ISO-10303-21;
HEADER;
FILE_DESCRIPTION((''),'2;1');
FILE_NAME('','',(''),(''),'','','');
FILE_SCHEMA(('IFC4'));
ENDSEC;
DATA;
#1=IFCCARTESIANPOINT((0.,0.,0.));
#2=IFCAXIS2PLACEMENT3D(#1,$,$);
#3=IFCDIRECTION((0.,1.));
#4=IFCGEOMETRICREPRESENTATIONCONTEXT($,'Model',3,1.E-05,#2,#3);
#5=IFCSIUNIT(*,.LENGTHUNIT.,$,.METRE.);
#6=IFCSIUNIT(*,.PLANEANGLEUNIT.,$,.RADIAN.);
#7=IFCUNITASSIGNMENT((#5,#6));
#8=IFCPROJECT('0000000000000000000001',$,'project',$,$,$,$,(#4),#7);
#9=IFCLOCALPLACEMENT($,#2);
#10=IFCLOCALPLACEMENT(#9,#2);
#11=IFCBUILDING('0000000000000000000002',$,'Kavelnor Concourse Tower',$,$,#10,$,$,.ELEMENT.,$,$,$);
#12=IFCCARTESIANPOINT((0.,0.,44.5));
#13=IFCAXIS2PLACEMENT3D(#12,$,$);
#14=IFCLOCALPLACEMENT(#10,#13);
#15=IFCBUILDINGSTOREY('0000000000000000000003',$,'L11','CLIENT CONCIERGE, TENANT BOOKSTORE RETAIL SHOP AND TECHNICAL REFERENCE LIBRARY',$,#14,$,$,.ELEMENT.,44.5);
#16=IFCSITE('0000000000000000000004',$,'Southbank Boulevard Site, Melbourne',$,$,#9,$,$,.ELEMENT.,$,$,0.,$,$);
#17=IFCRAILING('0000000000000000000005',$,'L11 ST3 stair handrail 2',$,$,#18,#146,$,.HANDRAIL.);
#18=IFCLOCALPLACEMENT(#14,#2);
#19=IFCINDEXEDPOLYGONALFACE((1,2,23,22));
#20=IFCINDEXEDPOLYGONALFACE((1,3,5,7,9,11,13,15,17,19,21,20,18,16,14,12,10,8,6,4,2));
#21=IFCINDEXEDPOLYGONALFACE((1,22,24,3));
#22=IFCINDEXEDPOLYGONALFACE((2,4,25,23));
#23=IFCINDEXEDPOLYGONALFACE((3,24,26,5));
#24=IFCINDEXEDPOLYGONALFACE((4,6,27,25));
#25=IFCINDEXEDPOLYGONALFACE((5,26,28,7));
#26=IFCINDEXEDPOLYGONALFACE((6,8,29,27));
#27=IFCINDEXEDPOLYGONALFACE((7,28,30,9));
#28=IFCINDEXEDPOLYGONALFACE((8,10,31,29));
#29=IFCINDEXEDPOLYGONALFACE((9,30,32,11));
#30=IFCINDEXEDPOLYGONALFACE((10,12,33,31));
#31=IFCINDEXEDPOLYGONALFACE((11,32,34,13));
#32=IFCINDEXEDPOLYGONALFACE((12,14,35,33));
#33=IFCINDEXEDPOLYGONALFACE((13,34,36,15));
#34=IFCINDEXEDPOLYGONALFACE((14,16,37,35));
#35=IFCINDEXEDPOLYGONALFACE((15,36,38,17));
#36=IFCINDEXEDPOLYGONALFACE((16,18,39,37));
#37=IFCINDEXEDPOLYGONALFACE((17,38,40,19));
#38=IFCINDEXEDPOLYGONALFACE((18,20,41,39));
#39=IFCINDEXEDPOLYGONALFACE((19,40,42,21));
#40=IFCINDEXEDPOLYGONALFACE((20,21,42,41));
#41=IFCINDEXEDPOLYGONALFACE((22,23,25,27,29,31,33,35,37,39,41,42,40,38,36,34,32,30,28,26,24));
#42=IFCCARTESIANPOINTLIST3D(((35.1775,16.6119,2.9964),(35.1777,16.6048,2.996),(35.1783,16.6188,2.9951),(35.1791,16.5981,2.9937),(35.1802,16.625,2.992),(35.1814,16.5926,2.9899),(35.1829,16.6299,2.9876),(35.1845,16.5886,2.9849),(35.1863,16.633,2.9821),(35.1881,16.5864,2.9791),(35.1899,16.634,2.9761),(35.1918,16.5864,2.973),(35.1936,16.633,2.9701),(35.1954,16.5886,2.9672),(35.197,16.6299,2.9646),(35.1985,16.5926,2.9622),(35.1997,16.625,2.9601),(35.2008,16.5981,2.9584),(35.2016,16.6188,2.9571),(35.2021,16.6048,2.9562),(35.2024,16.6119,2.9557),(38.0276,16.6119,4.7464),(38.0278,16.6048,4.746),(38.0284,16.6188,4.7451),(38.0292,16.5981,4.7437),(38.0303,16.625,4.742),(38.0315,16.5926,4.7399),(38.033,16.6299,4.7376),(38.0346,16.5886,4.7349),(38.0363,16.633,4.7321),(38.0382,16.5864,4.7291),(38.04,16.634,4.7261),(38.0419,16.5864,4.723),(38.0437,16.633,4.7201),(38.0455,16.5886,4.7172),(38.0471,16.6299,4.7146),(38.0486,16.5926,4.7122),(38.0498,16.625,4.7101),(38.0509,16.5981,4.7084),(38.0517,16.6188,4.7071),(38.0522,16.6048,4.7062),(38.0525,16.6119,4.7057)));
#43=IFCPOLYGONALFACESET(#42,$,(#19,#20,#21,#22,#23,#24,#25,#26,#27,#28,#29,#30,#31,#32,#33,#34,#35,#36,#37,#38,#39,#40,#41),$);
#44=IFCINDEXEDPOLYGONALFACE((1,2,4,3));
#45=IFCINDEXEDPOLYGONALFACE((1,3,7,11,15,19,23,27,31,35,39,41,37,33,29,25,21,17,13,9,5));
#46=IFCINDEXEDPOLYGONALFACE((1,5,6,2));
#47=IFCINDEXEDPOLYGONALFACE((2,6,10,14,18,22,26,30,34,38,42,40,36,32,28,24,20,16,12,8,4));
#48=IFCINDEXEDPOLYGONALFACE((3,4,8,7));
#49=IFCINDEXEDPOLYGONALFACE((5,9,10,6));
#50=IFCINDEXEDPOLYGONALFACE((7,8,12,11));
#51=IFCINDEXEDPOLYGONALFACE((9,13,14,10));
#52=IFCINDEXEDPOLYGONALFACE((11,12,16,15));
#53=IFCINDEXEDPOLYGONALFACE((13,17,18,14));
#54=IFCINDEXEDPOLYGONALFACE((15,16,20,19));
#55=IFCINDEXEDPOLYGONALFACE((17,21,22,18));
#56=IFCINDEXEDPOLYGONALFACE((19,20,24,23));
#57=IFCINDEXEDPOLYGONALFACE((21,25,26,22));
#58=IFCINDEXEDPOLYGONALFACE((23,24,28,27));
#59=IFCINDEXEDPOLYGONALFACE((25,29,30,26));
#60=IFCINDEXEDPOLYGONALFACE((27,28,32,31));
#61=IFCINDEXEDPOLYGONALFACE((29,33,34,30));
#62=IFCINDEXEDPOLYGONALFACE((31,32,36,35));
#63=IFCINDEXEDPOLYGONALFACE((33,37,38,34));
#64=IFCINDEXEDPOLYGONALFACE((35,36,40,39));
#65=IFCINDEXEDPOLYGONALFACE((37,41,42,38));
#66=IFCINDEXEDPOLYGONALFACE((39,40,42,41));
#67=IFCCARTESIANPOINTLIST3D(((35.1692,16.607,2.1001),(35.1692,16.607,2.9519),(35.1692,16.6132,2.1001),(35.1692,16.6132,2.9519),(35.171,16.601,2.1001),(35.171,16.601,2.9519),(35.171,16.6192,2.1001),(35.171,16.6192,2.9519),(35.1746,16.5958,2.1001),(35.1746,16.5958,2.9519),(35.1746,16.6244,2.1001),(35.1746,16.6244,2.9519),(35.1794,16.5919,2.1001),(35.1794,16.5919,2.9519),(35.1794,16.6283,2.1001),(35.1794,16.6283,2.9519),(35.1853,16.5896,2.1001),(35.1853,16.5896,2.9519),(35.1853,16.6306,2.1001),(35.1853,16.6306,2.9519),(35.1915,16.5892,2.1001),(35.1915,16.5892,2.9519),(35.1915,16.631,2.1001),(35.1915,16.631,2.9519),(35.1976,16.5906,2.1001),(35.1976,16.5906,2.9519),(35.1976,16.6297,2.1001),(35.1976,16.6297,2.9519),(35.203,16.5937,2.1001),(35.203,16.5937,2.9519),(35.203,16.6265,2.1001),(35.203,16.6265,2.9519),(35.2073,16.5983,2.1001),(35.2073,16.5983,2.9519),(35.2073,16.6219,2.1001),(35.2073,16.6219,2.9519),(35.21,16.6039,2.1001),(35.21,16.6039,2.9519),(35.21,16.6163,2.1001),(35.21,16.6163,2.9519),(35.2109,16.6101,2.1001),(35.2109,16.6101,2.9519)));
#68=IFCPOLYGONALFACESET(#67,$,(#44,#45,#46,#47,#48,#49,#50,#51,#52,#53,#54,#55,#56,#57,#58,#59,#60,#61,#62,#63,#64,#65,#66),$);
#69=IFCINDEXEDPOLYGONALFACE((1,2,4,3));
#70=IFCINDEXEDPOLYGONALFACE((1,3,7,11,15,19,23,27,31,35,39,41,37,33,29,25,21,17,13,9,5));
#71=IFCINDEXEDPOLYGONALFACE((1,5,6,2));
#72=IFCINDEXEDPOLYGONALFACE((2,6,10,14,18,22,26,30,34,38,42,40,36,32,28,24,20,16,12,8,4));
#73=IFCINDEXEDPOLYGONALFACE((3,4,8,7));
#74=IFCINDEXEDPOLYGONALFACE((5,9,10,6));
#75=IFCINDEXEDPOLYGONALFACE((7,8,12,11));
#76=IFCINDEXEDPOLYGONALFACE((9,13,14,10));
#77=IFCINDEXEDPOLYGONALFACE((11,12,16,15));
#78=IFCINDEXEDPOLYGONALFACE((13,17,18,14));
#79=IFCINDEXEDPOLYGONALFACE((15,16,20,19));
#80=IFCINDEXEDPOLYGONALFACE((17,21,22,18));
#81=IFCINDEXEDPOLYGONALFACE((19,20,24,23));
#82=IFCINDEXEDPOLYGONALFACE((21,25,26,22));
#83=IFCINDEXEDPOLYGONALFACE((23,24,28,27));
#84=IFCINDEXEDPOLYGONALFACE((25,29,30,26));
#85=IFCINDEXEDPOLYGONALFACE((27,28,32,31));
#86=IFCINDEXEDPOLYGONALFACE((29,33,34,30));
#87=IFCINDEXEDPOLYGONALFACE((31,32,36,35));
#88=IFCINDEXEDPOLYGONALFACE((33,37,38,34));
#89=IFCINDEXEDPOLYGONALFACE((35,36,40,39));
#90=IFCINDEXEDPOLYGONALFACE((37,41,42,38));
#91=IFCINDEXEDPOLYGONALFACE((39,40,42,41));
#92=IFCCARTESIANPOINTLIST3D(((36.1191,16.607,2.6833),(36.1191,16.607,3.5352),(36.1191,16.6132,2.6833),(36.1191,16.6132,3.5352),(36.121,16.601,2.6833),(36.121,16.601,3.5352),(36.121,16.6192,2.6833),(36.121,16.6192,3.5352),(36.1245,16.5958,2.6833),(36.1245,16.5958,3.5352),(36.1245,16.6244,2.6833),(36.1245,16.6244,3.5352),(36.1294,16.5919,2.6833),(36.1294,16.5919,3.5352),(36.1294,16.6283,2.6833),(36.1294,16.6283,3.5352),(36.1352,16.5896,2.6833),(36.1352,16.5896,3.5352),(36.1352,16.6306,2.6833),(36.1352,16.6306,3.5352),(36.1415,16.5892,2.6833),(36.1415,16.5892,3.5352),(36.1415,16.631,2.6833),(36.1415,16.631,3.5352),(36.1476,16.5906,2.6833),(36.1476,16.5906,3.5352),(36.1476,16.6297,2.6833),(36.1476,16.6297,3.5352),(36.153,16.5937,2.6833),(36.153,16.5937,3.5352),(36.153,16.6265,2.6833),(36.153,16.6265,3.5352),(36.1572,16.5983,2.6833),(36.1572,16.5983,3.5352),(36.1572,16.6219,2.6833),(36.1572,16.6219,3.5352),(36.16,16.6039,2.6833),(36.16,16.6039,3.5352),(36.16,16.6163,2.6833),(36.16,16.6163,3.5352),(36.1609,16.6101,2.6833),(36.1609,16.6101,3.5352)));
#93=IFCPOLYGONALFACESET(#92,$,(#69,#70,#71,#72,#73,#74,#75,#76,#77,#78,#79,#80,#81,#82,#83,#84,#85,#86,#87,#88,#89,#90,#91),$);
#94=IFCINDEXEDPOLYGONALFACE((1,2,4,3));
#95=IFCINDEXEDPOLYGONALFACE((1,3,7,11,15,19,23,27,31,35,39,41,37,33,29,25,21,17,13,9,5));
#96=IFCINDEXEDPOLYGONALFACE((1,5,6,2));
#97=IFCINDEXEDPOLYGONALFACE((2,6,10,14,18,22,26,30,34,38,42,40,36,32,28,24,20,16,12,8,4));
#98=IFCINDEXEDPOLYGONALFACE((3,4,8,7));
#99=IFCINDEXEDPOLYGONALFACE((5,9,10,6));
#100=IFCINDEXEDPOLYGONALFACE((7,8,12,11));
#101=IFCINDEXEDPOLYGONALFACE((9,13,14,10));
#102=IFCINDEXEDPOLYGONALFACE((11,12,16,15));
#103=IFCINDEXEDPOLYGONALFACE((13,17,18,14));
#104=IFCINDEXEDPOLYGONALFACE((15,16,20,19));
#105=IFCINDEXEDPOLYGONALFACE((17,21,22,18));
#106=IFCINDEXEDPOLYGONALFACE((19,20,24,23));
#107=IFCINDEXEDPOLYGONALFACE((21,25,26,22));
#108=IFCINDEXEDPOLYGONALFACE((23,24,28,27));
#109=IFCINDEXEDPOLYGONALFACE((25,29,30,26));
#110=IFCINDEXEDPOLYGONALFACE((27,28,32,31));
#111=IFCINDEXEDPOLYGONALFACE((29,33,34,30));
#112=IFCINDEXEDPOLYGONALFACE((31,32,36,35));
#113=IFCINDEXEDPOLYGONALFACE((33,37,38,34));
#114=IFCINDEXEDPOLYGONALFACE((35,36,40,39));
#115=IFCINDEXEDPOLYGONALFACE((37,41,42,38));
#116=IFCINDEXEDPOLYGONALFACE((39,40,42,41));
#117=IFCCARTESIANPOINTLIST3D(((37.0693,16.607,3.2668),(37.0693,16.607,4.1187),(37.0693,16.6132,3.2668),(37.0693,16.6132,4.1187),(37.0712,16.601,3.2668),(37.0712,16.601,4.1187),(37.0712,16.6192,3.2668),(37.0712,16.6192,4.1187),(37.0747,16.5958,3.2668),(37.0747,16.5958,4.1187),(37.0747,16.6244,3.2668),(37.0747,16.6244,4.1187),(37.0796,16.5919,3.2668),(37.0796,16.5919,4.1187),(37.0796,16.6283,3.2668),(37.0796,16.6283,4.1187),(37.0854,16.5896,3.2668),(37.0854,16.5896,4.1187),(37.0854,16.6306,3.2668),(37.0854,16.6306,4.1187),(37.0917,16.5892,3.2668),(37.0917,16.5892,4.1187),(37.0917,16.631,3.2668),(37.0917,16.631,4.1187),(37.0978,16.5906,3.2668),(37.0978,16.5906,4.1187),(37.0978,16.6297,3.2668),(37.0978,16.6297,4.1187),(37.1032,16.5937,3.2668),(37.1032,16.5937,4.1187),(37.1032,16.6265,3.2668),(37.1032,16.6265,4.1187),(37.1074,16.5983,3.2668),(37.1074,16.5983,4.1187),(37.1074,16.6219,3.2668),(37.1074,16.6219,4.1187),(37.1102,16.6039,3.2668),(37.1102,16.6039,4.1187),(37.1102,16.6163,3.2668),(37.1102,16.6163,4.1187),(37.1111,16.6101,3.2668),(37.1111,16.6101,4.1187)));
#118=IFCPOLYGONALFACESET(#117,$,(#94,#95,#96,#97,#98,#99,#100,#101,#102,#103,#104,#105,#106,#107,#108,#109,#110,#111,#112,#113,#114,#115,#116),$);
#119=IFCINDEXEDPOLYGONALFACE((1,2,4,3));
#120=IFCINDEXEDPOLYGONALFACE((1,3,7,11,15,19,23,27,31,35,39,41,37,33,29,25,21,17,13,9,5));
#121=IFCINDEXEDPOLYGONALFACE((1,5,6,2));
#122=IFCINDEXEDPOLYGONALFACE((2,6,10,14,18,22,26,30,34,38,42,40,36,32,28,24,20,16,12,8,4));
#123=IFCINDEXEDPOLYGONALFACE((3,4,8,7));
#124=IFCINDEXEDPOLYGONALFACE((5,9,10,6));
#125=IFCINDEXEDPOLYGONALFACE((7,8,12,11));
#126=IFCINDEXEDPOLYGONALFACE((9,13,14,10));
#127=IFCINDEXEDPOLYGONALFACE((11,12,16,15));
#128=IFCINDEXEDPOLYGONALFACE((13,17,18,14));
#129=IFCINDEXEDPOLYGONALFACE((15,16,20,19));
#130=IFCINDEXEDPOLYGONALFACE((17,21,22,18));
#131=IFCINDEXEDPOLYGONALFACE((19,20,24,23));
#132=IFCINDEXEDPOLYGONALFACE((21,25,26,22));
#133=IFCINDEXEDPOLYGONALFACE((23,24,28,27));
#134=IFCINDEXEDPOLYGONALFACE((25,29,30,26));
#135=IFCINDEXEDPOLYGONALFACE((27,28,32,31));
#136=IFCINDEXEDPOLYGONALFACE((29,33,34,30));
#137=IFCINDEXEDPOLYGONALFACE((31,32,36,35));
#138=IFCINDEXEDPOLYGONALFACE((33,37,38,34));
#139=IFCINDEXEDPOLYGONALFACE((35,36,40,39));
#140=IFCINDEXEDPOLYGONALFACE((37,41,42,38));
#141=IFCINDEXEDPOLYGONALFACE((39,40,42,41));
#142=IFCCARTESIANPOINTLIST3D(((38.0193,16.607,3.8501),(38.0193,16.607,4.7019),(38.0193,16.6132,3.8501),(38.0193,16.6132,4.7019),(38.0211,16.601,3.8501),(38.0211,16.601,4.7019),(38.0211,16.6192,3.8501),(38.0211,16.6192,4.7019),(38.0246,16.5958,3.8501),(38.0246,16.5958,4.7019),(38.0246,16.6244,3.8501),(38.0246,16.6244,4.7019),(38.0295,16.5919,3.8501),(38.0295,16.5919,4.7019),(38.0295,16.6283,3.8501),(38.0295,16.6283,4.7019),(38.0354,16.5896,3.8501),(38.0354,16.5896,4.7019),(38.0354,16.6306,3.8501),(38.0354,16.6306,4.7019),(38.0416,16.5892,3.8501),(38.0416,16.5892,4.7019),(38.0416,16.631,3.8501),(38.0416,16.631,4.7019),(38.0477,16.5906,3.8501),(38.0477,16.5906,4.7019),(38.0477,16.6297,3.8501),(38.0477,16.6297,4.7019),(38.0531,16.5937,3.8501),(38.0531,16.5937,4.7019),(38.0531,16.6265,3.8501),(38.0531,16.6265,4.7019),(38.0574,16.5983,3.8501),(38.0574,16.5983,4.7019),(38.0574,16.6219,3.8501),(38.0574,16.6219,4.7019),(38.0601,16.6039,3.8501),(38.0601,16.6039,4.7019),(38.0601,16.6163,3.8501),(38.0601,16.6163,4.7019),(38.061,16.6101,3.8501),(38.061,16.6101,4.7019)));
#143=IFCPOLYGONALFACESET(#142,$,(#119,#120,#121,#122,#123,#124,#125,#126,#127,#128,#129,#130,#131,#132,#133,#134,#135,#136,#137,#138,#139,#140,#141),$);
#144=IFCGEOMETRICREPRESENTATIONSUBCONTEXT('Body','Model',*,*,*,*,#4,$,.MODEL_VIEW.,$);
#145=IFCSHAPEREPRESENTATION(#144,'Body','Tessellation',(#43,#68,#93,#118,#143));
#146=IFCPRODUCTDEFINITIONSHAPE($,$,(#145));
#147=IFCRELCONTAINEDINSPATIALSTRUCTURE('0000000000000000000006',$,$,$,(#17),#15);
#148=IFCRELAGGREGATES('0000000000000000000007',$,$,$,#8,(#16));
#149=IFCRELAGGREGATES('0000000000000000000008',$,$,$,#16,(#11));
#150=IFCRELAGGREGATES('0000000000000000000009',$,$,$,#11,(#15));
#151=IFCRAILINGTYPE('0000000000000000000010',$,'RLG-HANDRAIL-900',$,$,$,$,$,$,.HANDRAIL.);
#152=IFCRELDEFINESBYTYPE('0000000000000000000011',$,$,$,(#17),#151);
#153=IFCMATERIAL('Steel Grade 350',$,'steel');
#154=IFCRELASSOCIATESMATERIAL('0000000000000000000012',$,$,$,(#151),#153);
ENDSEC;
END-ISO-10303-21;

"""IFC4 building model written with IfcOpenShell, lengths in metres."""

from ifc_helpers import new_model, si_unit, direction, frame, origin, origin_2d, place, context, subcontext, project, spatial, circle, extrude, material, type_object, element, save


model = new_model("IFC4")

# Units and contexts
model_context = context("Model", 3, precision=1e-05, world=origin(), true_north=direction((0.0, 1.0)))
body_context = subcontext(model_context, "Body", "Model", "MODEL_VIEW")
ifc_project = project(units=[si_unit("LENGTHUNIT", "METRE"), si_unit("PLANEANGLEUNIT", "RADIAN")], contexts=[model_context])

# Site, building, storey
site_placement = place(None, origin())
site = spatial("IfcSite", under=ifc_project, at=site_placement, Name="Southbank Boulevard Site, Melbourne", CompositionType="ELEMENT", RefElevation=0.0)
building_placement = place(site_placement, origin())
building = spatial("IfcBuilding", under=site, at=building_placement, Name="Kavelnor Concourse Tower", CompositionType="ELEMENT")
storey_placement = place(building_placement, frame((0.0, 0.0, 44.5)))
storey = spatial("IfcBuildingStorey", under=building, at=storey_placement, Name="L11", Description="CLIENT CONCIERGE, TENANT BOOKSTORE RETAIL SHOP AND TECHNICAL REFERENCE LIBRARY", CompositionType="ELEMENT", Elevation=44.5)

# Shared definitions
ifc_material_1 = material(Name="Steel Grade 350", Category="steel")

# Railing
railing_type_1 = type_object("IfcRailingType", Name="RLG-HANDRAIL-900", PredefinedType="HANDRAIL", material=ifc_material_1)
railing_1_placement = place(storey_placement, frame((35.1899, 16.6101, 2.1001)))
element("IfcRailing", 1, at=railing_1_placement, inside=storey, type_object=railing_type_1, Name="L11 ST3 stair handrail 2", PredefinedType="HANDRAIL", context=body_context, shape_type="SweptSolid", body=[
    extrude(circle(Radius=0.0239, at=origin_2d()), frame((0.0, 0.0, 0.876), z_axis=(0.852179, 0.0, 0.52325), x_axis=(0.0, 1.0, 0.0)), (0.0, 0.0, 1.0), 3.3445),
    extrude(circle(Radius=0.021, at=origin_2d()), origin(), (0.0, 0.0, 1.0), 0.8518),
    extrude(circle(Radius=0.021, at=origin_2d()), frame((0.95, 0.0, 0.5833)), (0.0, 0.0, 1.0), 0.8518),
    extrude(circle(Radius=0.021, at=origin_2d()), frame((1.9001, 0.0, 1.1667)), (0.0, 0.0, 1.0), 0.8518),
    extrude(circle(Radius=0.021, at=origin_2d()), frame((2.8501, 0.0, 1.75)), (0.0, 0.0, 1.0), 0.8518),
])

save(model, "model.ifc")
